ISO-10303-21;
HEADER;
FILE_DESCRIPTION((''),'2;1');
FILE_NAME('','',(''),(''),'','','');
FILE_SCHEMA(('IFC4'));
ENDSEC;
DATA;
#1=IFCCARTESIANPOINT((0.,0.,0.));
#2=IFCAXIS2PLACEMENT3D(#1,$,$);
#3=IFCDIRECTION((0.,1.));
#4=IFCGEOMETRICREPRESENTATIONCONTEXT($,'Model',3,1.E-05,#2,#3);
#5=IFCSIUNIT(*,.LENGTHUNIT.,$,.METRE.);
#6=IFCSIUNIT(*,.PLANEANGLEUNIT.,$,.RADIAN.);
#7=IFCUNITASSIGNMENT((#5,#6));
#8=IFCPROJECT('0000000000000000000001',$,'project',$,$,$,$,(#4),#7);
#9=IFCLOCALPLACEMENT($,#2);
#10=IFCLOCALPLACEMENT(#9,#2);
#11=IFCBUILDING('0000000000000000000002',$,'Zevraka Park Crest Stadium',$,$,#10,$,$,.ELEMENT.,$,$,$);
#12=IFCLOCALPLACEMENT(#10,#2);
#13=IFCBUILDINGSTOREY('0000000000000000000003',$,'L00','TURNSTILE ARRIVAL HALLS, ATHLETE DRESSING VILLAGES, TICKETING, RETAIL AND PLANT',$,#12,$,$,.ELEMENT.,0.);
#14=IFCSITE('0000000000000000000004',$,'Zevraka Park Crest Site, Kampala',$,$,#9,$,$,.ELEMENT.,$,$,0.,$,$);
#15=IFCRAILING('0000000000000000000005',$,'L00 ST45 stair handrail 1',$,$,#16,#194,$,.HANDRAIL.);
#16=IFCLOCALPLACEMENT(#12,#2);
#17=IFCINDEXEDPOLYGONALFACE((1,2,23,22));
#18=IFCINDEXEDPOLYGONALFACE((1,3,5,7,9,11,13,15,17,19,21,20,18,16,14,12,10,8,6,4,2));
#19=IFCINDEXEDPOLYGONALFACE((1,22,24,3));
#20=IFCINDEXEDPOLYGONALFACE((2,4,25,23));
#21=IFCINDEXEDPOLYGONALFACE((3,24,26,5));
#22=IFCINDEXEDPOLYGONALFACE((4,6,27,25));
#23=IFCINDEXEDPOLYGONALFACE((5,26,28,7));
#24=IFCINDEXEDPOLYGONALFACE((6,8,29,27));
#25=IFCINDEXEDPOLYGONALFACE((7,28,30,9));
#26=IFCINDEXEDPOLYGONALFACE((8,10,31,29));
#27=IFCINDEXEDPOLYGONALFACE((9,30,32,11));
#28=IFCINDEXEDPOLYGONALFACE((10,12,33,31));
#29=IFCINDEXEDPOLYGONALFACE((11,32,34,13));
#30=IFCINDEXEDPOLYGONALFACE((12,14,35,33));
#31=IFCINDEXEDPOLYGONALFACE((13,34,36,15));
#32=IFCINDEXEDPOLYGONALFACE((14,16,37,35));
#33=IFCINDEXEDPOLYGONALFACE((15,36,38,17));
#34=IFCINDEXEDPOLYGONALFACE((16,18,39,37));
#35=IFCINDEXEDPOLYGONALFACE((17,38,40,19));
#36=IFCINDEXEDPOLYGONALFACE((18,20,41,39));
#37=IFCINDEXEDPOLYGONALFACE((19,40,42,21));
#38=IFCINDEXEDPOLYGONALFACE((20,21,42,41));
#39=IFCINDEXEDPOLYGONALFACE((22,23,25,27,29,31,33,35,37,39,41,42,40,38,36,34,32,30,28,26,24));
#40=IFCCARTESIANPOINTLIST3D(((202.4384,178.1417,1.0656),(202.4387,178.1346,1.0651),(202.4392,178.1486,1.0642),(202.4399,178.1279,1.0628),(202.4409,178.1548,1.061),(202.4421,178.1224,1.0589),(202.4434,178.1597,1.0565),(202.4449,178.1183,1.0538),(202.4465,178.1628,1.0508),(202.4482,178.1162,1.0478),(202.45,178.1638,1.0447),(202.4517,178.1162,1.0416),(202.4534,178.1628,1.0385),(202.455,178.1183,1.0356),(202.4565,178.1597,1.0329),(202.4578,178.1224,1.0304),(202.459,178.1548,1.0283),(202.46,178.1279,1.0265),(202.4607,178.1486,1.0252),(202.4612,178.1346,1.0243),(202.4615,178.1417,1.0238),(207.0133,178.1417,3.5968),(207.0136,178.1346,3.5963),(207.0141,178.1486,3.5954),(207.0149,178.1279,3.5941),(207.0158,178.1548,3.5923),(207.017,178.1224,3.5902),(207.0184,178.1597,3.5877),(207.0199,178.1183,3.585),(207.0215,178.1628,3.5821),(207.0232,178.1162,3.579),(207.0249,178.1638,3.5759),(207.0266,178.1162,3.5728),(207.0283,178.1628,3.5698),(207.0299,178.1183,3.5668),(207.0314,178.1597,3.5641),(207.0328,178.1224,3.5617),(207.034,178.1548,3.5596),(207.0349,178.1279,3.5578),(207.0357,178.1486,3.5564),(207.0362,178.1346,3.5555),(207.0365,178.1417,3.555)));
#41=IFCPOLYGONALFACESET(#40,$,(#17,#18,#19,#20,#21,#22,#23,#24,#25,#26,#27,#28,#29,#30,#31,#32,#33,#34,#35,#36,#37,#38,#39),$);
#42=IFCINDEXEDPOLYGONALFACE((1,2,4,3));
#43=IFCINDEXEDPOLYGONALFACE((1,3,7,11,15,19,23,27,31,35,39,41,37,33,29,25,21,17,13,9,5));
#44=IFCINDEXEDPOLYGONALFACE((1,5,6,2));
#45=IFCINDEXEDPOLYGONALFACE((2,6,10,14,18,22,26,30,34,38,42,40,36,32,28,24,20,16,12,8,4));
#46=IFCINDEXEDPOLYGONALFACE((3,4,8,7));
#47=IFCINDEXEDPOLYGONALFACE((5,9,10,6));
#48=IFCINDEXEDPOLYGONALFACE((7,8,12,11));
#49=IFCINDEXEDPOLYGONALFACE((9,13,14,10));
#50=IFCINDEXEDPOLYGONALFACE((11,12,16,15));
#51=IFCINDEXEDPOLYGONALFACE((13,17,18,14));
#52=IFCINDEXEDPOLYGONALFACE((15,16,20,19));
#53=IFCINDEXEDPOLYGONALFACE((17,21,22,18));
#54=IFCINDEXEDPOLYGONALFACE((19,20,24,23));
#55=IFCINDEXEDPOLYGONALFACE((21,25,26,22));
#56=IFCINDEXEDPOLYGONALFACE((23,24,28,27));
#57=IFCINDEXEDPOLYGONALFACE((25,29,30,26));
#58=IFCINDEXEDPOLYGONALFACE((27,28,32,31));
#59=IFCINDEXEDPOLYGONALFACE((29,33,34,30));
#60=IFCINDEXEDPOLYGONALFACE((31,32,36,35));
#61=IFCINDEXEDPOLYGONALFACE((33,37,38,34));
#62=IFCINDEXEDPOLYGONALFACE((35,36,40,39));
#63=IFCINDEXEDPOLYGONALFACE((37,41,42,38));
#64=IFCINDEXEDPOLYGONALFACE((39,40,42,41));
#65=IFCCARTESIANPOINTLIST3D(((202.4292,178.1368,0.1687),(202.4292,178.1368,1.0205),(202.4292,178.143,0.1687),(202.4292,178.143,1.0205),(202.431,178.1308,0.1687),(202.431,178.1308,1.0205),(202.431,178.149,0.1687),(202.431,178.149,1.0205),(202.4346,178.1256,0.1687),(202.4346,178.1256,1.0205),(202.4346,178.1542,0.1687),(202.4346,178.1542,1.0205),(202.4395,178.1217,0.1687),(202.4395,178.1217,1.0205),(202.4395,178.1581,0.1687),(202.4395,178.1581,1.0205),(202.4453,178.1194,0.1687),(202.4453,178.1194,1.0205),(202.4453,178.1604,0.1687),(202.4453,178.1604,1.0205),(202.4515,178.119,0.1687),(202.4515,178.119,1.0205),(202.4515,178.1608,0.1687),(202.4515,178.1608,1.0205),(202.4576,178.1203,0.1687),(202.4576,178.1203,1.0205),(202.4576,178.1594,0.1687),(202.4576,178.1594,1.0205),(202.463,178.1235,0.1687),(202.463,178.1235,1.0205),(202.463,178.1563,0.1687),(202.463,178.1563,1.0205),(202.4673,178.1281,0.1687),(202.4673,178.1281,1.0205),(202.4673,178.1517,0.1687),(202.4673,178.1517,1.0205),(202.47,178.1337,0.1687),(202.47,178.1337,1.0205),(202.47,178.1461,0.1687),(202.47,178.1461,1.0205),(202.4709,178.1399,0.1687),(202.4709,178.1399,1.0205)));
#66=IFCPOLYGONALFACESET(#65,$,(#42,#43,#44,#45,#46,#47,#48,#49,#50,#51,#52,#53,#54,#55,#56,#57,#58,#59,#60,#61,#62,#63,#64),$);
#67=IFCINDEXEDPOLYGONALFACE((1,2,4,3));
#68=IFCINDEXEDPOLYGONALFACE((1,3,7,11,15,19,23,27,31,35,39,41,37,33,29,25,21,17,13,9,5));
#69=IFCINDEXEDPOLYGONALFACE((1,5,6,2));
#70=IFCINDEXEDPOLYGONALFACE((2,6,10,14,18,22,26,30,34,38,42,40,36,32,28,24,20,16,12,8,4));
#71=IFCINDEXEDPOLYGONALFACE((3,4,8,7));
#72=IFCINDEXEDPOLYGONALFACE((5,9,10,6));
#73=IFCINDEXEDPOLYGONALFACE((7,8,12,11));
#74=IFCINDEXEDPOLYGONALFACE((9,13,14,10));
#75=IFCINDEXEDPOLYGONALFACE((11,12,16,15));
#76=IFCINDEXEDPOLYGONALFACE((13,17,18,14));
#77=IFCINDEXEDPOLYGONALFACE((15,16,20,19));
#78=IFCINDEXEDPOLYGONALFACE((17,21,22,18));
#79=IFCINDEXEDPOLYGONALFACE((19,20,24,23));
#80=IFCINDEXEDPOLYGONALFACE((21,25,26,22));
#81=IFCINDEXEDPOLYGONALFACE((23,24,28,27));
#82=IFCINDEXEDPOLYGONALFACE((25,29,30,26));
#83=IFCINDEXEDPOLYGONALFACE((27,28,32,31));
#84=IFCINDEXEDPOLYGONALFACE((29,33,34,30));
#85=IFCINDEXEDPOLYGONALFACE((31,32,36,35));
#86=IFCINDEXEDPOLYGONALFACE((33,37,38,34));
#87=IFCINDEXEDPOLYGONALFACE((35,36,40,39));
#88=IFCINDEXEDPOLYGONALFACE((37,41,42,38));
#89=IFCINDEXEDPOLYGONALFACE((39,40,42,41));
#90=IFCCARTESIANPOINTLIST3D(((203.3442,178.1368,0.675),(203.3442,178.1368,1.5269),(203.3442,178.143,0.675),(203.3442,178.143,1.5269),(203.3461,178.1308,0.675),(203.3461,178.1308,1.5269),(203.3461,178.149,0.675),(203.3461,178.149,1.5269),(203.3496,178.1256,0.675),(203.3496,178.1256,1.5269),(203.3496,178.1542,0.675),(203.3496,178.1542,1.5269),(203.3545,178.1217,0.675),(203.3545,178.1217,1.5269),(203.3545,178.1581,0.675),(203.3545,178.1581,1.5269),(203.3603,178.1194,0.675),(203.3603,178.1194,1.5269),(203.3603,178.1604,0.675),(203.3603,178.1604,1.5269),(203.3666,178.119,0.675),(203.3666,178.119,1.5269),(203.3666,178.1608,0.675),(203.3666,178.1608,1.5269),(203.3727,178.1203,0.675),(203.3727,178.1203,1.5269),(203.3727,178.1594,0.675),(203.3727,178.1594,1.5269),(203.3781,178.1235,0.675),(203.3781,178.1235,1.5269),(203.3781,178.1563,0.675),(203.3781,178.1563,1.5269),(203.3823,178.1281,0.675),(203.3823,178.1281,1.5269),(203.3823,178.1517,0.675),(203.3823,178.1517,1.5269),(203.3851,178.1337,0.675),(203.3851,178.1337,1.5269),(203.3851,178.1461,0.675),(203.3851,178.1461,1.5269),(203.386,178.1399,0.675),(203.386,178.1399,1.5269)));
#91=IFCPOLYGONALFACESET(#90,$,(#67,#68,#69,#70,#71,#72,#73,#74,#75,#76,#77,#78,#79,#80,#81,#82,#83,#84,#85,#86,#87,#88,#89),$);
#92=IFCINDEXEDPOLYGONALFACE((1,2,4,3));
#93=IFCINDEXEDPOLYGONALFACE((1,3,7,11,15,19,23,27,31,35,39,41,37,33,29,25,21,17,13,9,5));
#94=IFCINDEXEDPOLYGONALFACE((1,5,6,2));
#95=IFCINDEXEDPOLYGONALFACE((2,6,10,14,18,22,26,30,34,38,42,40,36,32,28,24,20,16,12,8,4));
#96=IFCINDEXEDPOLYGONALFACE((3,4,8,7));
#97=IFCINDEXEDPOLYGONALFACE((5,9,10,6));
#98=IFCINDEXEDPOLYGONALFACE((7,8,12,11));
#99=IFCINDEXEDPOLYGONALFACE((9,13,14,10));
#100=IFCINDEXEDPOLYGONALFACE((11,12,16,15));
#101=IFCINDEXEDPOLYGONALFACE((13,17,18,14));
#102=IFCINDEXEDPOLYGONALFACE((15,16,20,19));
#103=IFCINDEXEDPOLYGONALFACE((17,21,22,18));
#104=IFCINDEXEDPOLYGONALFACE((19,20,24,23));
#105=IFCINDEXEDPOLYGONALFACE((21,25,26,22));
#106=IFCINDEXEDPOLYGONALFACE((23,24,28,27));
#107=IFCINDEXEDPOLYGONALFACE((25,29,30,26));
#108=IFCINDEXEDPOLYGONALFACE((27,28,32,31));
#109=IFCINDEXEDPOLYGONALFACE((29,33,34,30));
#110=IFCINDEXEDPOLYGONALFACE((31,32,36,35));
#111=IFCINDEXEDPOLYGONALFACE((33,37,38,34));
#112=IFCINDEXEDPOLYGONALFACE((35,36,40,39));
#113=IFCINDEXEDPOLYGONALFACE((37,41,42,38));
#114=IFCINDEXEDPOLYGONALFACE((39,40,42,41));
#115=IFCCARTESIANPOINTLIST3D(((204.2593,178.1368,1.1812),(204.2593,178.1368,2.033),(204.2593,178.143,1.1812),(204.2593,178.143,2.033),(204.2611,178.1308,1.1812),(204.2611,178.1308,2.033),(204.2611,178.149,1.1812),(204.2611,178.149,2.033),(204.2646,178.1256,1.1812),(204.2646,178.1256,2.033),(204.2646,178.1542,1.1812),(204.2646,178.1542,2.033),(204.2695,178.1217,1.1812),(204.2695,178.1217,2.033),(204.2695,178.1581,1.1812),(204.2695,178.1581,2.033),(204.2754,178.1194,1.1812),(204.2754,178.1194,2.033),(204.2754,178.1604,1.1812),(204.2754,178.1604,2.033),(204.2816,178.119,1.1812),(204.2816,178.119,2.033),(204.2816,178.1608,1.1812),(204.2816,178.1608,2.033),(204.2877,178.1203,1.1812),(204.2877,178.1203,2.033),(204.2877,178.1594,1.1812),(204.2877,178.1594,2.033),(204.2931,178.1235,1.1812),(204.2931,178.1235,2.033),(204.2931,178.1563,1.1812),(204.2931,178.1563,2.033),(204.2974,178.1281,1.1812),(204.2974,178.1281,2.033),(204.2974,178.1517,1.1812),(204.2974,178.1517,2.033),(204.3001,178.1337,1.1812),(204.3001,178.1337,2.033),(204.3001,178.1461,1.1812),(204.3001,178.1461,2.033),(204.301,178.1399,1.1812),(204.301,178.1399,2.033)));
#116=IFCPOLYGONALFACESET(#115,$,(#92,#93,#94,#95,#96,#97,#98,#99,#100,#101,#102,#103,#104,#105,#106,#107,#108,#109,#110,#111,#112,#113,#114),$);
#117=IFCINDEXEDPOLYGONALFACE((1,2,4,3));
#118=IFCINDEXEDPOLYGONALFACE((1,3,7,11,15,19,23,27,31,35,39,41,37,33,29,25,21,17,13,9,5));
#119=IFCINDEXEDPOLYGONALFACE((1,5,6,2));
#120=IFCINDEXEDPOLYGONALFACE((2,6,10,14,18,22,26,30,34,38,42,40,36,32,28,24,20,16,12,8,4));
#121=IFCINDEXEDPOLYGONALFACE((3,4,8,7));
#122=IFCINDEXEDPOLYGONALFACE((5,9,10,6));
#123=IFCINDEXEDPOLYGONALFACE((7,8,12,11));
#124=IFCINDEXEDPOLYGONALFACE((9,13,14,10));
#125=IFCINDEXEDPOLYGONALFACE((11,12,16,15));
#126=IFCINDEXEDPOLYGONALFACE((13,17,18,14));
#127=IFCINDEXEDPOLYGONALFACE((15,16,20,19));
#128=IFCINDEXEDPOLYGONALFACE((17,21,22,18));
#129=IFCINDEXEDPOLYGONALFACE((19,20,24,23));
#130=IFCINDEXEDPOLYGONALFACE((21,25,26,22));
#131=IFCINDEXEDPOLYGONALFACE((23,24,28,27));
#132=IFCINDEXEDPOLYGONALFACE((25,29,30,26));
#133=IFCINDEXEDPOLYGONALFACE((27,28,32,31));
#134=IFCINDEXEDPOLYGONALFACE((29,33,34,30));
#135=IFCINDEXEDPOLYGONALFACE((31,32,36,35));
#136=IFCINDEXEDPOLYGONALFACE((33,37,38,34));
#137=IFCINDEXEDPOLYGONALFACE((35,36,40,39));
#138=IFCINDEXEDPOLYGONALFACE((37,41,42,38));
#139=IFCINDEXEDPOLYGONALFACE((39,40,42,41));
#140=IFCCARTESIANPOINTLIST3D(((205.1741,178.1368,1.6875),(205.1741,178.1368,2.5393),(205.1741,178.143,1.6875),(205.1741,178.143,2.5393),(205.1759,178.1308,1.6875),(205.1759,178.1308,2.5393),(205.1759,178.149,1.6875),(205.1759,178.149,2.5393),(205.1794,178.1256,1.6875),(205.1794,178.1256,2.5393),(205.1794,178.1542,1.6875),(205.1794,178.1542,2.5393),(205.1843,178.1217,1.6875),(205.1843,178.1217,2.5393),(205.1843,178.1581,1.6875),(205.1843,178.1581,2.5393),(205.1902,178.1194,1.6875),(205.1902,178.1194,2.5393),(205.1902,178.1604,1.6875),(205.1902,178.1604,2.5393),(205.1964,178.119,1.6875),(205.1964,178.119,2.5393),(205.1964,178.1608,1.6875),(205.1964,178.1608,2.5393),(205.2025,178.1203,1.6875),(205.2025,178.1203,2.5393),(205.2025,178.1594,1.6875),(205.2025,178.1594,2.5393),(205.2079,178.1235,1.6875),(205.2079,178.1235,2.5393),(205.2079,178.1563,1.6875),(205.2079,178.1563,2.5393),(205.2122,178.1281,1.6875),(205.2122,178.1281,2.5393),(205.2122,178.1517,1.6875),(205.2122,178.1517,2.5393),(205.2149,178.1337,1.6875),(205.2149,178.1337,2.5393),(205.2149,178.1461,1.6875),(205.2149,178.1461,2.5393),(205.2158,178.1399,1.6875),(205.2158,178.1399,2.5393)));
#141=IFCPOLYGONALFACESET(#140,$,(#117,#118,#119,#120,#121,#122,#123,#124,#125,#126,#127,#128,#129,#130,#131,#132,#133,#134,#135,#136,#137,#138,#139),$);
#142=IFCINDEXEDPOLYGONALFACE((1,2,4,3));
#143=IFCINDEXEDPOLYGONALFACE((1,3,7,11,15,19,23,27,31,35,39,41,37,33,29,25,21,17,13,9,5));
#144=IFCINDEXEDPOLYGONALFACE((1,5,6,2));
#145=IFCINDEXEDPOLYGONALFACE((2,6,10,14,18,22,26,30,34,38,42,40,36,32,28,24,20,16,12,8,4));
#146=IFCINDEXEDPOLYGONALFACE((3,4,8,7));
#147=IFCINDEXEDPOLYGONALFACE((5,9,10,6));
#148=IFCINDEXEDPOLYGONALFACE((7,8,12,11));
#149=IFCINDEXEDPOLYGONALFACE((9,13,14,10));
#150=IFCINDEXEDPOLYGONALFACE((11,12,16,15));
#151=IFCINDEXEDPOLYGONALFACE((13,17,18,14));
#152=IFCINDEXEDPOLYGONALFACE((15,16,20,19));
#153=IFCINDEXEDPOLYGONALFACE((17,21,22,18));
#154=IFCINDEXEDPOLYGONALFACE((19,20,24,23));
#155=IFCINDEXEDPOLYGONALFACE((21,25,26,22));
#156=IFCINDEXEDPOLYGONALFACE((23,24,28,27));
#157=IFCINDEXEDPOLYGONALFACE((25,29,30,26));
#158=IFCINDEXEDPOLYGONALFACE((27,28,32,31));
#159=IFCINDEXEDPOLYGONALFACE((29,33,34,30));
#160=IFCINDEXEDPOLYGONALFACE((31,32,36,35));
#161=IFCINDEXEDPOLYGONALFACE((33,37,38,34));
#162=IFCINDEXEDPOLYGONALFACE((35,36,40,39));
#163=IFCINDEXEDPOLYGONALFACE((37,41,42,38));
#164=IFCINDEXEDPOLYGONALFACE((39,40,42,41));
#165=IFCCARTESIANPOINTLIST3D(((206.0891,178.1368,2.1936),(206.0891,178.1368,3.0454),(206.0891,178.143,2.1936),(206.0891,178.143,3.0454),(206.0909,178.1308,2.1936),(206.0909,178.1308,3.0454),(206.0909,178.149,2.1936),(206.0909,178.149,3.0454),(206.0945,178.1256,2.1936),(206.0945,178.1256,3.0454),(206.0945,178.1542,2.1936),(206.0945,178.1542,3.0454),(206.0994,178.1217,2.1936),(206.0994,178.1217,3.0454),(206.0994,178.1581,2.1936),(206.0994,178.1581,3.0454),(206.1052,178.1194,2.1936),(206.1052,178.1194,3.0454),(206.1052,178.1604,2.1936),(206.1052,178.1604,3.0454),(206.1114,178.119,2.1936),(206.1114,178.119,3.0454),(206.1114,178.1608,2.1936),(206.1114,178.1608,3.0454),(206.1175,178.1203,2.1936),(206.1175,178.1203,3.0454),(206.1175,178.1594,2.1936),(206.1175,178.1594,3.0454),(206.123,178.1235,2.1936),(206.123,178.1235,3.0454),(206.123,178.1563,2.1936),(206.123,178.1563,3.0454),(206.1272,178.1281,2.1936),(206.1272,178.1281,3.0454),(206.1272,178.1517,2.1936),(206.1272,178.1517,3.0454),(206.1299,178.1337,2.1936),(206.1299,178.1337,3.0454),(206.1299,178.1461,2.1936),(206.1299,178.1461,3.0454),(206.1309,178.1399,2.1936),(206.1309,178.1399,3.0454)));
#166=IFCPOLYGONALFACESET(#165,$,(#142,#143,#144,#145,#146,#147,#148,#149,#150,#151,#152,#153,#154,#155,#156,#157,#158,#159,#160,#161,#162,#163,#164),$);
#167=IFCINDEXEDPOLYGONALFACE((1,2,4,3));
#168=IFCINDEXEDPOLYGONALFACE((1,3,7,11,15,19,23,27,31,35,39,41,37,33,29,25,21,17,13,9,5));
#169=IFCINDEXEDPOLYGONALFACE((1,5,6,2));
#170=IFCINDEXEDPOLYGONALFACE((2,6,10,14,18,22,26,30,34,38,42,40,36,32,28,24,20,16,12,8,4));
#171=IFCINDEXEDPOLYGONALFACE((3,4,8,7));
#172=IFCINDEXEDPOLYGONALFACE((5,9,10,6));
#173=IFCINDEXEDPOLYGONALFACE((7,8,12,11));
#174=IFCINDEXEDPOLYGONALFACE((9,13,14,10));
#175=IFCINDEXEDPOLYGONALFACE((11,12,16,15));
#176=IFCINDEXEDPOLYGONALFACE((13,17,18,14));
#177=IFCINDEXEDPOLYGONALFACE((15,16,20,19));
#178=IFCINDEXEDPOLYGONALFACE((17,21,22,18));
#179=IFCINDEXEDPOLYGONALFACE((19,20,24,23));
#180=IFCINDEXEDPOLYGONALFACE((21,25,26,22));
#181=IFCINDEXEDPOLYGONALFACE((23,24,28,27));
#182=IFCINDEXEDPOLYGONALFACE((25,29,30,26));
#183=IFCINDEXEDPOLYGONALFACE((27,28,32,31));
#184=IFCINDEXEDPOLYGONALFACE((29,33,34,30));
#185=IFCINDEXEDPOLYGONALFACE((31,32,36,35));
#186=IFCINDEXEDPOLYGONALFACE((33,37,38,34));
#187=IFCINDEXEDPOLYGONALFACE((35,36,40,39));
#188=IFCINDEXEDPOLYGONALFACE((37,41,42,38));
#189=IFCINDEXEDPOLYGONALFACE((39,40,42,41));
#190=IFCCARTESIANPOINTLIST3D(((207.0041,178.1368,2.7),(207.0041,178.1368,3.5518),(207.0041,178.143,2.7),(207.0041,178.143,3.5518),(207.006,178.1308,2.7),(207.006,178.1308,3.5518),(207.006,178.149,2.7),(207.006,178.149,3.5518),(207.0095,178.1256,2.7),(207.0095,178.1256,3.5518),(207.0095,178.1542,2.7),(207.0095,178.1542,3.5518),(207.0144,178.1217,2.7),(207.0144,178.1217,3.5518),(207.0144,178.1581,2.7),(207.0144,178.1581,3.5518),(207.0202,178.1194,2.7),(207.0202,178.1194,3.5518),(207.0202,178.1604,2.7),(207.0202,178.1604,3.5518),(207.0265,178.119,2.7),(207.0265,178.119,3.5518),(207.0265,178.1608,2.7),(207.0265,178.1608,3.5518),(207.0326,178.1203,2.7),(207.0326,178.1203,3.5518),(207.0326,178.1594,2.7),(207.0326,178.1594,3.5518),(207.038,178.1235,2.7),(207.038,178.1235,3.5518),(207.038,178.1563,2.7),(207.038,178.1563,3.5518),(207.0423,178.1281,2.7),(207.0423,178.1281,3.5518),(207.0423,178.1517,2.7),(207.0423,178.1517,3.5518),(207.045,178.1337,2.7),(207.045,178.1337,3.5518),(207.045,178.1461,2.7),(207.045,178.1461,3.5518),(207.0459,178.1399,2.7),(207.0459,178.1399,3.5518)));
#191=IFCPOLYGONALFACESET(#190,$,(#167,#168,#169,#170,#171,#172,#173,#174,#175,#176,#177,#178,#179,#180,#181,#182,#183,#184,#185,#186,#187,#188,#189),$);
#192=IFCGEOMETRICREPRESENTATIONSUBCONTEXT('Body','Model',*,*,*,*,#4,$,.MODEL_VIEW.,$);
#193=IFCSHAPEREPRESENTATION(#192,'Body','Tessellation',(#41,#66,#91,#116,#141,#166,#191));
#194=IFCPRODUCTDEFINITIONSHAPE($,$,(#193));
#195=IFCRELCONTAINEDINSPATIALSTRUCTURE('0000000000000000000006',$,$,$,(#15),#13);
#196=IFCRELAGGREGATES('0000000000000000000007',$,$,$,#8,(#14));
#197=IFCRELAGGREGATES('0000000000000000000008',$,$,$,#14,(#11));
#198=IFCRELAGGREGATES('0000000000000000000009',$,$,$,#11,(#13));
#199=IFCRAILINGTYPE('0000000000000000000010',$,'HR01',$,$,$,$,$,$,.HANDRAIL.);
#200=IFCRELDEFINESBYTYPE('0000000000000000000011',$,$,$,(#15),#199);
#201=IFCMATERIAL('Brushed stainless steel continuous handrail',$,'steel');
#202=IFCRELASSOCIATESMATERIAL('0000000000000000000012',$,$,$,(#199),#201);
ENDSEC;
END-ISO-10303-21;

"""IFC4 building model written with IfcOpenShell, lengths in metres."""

from ifc_helpers import new_model, si_unit, direction, frame, origin, origin_2d, place, context, subcontext, project, spatial, circle, extrude, material, type_object, element, save


model = new_model("IFC4")

# Units and contexts
model_context = context("Model", 3, precision=1e-05, world=origin(), true_north=direction((0.0, 1.0)))
body_context = subcontext(model_context, "Body", "Model", "MODEL_VIEW")
ifc_project = project(units=[si_unit("LENGTHUNIT", "METRE"), si_unit("PLANEANGLEUNIT", "RADIAN")], contexts=[model_context])

# Site, building, storey
site_placement = place(None, origin())
site = spatial("IfcSite", under=ifc_project, at=site_placement, Name="Zevraka Park Crest Site, Kampala", CompositionType="ELEMENT", RefElevation=0.0)
building_placement = place(site_placement, origin())
building = spatial("IfcBuilding", under=site, at=building_placement, Name="Zevraka Park Crest Stadium", CompositionType="ELEMENT")
storey_placement = place(building_placement, origin())
storey = spatial("IfcBuildingStorey", under=building, at=storey_placement, Name="L00", Description="TURNSTILE ARRIVAL HALLS, ATHLETE DRESSING VILLAGES, TICKETING, RETAIL AND PLANT", CompositionType="ELEMENT", Elevation=0.0)

# Railing
ifc_material_1 = material(Name="Brushed stainless steel continuous handrail", Category="steel")
railing_type_1 = type_object("IfcRailingType", Name="HR01", PredefinedType="HANDRAIL", material=ifc_material_1)
railing_1_placement = place(storey_placement, frame((202.45, 178.1399, 0.1687)))
element("IfcRailing", 1, at=railing_1_placement, inside=storey, type_object=railing_type_1, Name="L00 ST45 stair handrail 1", PredefinedType="HANDRAIL", context=body_context, shape_type="SweptSolid", body=[
    extrude(circle(Radius=0.0239, at=origin_2d()), frame((0.0, 0.0, 0.876), z_axis=(0.875, 0.0, 0.484124), x_axis=(0.0, 1.0, 0.0)), (0.0, 0.0, 1.0), 5.2285),
    extrude(circle(Radius=0.021, at=origin_2d()), origin(), (0.0, 0.0, 1.0), 0.8518),
    extrude(circle(Radius=0.021, at=origin_2d()), frame((0.915, 0.0, 0.5063)), (0.0, 0.0, 1.0), 0.8518),
    extrude(circle(Radius=0.021, at=origin_2d()), frame((1.8301, 0.0, 1.0125)), (0.0, 0.0, 1.0), 0.8518),
    extrude(circle(Radius=0.021, at=origin_2d()), frame((2.7449, 0.0, 1.5188)), (0.0, 0.0, 1.0), 0.8518),
    extrude(circle(Radius=0.021, at=origin_2d()), frame((3.6599, 0.0, 2.0249)), (0.0, 0.0, 1.0), 0.8518),
    extrude(circle(Radius=0.021, at=origin_2d()), frame((4.575, 0.0, 2.5312)), (0.0, 0.0, 1.0), 0.8518),
])

save(model, "model.ifc")
